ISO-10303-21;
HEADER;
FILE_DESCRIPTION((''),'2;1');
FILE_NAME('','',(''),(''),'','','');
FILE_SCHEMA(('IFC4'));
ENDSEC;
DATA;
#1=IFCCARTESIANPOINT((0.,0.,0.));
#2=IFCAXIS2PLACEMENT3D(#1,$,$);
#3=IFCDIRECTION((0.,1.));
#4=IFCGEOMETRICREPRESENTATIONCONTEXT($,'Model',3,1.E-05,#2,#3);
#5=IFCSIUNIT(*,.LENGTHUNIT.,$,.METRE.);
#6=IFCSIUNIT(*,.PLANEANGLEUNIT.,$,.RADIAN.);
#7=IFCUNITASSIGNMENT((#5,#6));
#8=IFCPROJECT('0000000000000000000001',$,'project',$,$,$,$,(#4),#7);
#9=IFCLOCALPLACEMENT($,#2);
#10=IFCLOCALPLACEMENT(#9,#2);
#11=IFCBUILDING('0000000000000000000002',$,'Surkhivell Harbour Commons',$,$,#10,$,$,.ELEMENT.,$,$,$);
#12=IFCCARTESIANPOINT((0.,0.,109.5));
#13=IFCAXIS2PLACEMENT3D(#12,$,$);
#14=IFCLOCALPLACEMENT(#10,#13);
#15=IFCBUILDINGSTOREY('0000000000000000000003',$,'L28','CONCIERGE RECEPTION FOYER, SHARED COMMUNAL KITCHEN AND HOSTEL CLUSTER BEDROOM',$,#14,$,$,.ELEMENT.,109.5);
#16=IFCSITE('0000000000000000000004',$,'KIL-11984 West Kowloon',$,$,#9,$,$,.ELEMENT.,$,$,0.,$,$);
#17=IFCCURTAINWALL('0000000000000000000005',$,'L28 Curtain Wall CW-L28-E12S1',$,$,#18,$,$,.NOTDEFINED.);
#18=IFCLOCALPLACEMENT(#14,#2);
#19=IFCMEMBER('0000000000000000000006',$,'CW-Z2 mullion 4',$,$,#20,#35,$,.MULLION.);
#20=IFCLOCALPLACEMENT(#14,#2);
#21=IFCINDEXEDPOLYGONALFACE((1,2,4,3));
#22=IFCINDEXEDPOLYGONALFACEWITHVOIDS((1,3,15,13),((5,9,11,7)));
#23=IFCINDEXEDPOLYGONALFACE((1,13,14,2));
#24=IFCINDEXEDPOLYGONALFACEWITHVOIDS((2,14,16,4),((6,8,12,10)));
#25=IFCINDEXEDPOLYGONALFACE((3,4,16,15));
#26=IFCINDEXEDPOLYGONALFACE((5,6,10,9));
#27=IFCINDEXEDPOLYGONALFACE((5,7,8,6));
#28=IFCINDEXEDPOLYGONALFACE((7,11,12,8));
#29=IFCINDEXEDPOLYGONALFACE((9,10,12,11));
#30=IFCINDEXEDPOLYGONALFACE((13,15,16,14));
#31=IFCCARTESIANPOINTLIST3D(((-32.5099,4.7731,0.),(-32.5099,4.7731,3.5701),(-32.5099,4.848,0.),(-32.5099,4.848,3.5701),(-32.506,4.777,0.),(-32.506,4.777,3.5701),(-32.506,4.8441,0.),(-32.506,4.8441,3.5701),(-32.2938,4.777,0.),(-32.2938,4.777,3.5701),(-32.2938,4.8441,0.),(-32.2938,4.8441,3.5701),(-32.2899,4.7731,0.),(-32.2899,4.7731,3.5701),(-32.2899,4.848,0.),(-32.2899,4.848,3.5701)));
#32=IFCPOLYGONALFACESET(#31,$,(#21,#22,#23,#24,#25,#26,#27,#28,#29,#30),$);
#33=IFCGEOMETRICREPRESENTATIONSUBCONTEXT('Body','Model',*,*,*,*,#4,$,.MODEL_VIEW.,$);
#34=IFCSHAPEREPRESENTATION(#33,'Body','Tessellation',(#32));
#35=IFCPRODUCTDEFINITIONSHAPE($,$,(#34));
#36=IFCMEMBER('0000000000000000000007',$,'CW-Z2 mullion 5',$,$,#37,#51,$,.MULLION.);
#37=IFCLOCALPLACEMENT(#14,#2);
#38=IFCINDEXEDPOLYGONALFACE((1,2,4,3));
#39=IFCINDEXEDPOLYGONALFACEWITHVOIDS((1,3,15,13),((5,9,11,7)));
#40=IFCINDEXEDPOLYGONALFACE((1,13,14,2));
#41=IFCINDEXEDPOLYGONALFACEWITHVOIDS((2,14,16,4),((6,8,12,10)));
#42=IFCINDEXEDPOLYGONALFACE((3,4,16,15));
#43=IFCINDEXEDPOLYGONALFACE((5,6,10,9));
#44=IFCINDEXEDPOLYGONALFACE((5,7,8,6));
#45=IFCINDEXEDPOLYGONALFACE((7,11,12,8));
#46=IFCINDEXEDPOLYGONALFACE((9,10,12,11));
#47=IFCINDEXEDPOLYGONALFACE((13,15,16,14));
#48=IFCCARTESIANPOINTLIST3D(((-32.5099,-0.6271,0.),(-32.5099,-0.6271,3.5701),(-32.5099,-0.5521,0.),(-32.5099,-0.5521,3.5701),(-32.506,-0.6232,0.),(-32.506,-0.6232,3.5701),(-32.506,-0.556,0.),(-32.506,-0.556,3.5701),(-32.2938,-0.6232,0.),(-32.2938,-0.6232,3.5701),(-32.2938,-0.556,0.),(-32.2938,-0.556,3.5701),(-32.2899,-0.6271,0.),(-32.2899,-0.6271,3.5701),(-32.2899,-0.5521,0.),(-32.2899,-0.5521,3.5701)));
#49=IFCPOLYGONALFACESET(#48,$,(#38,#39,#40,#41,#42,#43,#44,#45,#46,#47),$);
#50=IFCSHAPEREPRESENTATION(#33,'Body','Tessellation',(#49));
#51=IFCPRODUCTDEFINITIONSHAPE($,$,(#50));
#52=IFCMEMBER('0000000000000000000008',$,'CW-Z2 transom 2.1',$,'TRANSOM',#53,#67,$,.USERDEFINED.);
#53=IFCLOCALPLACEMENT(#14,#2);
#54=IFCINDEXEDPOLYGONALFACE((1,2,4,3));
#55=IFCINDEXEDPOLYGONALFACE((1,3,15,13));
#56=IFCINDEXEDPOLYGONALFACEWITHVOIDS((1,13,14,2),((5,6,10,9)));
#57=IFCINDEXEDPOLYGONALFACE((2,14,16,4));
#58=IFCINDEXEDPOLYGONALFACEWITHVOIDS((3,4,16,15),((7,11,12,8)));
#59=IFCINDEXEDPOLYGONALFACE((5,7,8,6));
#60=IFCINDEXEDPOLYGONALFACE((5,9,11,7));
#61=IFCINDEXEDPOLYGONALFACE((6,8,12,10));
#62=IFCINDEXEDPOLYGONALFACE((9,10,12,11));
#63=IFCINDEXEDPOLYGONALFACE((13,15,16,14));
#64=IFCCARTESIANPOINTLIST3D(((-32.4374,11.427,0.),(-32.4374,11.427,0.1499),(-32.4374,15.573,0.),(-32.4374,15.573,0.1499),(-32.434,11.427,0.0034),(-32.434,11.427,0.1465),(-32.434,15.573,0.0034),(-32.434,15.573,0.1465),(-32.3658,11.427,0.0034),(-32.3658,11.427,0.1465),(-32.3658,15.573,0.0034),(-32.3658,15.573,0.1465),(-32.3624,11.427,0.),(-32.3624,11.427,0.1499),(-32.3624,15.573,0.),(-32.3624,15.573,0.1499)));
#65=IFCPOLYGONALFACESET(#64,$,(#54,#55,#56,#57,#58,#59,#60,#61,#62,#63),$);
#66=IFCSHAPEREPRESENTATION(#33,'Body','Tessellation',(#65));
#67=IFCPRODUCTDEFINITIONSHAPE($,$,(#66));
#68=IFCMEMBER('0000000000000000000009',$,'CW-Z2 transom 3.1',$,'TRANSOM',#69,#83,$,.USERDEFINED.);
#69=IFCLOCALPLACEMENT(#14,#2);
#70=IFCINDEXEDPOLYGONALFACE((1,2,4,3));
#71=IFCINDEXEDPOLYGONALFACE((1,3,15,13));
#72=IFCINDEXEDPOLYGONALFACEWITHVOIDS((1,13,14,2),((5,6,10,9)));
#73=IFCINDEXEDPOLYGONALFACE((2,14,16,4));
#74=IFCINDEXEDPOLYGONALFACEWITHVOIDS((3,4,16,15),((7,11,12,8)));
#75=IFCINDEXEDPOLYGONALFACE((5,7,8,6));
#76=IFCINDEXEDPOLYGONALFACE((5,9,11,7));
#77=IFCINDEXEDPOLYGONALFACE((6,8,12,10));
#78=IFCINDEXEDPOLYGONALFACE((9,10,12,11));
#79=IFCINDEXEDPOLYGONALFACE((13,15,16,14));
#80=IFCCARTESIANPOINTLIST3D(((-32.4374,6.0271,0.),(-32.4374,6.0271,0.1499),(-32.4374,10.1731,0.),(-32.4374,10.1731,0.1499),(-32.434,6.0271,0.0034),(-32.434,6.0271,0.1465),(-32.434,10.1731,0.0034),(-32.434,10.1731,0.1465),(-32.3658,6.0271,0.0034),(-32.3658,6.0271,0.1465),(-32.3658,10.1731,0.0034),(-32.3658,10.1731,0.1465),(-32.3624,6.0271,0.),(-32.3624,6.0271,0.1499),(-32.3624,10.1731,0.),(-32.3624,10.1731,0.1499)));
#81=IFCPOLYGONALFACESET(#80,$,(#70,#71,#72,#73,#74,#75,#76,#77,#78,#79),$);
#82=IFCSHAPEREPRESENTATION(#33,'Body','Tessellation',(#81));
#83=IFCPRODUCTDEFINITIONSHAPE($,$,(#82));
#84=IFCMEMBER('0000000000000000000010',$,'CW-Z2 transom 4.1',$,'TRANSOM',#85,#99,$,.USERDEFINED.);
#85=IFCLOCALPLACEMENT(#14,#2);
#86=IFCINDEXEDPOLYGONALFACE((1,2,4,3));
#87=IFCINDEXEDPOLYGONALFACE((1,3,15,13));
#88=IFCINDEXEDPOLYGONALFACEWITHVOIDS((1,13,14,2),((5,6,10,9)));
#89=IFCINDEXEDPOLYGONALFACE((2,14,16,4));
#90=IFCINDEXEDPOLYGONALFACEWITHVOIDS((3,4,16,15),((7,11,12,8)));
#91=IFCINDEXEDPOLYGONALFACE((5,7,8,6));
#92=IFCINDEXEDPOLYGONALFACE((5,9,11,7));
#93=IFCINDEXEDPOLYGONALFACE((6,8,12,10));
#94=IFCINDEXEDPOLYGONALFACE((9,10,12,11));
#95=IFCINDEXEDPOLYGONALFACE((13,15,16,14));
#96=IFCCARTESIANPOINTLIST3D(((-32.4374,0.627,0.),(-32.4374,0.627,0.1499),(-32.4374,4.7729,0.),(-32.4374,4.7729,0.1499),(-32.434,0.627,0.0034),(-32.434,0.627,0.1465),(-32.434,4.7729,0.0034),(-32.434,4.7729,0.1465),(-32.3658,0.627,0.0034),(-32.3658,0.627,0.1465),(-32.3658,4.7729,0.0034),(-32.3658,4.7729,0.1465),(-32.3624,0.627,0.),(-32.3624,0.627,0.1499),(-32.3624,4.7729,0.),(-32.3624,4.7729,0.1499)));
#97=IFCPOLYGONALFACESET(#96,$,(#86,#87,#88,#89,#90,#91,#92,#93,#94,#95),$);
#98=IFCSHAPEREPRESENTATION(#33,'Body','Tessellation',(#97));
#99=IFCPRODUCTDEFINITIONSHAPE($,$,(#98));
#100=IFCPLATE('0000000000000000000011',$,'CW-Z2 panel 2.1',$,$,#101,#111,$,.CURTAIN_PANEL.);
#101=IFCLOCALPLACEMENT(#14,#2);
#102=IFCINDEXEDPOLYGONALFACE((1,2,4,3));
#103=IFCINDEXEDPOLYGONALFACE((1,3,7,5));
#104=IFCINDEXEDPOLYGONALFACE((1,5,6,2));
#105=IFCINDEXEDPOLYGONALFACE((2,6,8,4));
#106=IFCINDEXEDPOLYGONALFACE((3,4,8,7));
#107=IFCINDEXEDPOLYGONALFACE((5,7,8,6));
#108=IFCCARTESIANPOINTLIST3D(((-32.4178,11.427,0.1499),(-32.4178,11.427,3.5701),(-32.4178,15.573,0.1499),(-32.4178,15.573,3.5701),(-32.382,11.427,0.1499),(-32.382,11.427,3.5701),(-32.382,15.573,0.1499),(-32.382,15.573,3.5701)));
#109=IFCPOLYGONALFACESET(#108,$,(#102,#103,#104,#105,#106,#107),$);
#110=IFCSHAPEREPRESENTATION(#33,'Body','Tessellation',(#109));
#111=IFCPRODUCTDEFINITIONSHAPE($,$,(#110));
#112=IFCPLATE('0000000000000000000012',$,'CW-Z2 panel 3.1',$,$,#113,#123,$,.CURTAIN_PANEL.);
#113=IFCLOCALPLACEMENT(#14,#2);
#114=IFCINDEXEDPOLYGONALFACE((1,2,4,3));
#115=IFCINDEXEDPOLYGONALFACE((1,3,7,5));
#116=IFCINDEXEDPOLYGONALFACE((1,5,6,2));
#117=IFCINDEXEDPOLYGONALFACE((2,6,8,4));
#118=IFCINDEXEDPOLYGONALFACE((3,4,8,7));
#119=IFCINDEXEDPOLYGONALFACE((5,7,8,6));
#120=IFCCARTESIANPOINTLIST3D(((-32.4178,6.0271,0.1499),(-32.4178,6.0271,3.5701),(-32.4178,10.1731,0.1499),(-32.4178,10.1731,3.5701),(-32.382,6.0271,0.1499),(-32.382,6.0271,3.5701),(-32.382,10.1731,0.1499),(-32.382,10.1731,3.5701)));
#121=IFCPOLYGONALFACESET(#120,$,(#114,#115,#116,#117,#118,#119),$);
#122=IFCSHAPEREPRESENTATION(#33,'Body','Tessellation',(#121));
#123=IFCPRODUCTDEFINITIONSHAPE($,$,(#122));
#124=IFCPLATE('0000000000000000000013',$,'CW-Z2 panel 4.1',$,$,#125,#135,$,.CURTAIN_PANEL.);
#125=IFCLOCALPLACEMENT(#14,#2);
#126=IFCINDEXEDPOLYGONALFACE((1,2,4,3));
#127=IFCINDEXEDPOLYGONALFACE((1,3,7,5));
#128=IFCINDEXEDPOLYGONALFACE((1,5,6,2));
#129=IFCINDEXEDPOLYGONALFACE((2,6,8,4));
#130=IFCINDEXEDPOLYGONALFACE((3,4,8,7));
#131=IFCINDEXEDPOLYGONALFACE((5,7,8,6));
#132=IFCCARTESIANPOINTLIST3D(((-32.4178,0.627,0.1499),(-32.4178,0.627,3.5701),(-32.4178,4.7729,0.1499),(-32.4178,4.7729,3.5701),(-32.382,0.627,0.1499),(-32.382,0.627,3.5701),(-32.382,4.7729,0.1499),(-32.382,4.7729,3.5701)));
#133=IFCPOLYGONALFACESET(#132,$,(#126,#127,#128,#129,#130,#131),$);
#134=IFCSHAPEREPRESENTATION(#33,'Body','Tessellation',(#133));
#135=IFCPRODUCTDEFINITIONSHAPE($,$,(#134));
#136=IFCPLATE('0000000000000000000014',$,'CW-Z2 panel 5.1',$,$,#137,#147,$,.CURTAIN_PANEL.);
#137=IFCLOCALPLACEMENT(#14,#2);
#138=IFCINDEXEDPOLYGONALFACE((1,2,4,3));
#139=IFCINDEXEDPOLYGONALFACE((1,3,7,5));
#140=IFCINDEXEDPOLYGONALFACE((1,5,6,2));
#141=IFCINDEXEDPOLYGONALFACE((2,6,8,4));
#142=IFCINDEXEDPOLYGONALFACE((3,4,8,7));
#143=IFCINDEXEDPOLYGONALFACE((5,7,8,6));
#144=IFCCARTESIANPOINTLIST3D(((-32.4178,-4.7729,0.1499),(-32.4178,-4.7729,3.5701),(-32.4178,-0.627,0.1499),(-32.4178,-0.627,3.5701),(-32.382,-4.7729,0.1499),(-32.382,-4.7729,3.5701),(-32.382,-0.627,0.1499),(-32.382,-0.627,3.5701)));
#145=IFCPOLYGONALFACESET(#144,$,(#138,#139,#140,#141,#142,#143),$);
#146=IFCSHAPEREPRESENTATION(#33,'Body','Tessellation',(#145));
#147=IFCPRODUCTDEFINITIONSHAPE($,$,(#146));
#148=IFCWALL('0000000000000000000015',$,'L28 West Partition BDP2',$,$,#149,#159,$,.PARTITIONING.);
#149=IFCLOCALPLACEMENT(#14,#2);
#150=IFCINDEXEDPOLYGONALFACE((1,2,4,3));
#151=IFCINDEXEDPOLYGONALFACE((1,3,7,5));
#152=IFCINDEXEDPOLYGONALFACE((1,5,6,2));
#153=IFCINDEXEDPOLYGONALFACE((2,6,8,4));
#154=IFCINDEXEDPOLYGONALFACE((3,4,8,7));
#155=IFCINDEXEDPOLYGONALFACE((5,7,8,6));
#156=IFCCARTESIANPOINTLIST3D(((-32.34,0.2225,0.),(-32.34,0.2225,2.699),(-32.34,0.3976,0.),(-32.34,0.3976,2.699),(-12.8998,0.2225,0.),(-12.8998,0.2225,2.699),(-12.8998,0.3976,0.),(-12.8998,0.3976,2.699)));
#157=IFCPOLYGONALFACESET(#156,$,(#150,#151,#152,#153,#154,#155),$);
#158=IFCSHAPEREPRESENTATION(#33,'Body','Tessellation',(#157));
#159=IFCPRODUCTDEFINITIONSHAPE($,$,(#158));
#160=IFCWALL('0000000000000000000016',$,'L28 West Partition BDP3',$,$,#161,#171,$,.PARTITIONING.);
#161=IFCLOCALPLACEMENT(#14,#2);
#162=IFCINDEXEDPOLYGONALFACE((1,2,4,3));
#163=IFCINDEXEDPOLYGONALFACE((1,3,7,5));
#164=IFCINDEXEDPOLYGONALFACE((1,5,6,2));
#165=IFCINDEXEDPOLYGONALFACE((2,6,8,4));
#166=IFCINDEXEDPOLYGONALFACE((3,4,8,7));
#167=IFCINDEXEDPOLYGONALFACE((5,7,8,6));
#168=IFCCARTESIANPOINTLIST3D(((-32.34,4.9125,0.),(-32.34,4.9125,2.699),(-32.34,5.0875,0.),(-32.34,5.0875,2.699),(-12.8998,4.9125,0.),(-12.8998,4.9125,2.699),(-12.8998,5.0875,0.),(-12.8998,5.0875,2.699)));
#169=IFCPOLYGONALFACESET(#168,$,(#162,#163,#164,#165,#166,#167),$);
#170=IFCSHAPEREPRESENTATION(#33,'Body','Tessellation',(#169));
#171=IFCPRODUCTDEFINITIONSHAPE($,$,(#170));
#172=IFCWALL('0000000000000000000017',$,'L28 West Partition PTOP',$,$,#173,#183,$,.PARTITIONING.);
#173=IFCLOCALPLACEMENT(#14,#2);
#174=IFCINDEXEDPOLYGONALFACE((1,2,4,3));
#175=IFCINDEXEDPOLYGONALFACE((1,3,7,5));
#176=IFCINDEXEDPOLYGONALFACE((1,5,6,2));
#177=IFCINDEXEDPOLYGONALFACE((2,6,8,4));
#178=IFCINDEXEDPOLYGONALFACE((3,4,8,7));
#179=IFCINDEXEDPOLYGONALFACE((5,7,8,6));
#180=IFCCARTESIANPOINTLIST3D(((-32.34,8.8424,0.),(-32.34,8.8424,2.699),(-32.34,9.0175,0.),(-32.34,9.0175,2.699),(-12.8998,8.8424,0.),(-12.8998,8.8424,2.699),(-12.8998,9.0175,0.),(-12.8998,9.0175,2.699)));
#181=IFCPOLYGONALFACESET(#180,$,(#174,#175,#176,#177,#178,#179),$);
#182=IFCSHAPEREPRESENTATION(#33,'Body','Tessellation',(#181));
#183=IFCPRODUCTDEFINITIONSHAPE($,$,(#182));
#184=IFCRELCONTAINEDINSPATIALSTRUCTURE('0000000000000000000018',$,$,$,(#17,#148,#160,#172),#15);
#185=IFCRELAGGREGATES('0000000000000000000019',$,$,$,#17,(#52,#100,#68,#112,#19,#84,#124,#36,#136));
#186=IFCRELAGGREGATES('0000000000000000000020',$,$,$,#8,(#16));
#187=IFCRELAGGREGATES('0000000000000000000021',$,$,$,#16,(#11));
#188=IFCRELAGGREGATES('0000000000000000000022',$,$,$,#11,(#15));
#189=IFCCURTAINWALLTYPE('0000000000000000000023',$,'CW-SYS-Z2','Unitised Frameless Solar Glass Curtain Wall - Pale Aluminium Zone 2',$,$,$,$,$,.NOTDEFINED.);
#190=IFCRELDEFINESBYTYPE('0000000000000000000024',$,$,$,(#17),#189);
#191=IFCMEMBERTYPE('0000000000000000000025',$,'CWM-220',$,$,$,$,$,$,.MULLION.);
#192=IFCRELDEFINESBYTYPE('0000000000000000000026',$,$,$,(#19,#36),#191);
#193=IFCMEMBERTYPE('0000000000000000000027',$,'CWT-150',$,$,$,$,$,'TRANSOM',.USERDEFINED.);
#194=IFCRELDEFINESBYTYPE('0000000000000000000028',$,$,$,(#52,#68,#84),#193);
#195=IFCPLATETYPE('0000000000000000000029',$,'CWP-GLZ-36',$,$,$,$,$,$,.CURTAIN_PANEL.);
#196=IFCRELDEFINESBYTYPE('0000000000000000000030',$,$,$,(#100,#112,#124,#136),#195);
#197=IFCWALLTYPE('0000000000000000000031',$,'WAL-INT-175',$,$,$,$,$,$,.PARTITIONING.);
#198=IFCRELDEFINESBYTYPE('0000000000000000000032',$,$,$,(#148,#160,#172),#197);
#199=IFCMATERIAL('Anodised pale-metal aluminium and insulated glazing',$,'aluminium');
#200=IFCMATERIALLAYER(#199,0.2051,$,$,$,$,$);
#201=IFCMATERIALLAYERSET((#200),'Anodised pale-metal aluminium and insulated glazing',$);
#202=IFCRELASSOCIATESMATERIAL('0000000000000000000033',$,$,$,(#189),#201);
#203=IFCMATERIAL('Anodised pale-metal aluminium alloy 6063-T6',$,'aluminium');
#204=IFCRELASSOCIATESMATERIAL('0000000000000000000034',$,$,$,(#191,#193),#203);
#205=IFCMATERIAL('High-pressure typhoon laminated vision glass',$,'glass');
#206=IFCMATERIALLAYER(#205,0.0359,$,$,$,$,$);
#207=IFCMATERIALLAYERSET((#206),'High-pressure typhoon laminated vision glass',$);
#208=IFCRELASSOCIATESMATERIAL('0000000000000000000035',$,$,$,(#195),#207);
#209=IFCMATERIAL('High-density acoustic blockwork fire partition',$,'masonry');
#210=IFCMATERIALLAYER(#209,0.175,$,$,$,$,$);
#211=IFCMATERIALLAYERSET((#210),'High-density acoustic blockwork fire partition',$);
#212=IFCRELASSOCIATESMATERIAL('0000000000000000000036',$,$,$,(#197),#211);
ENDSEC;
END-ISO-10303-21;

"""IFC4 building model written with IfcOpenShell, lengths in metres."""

from ifc_helpers import new_model, si_unit, direction, frame, frame_2d, origin, origin_2d, place, context, subcontext, project, spatial, rectangle, hollow_rectangle, extrude, material, layer, layer_set, material_profile, profile_set, type_object, element, aggregate, save


model = new_model("IFC4")

# Units and contexts
model_context = context("Model", 3, precision=1e-05, world=origin(), true_north=direction((0.0, 1.0)))
body_context = subcontext(model_context, "Body", "Model", "MODEL_VIEW")
ifc_project = project(units=[si_unit("LENGTHUNIT", "METRE"), si_unit("PLANEANGLEUNIT", "RADIAN")], contexts=[model_context])

# Site, building, storey
site_placement = place(None, origin())
site = spatial("IfcSite", under=ifc_project, at=site_placement, Name="KIL-11984 West Kowloon", CompositionType="ELEMENT", RefElevation=0.0)
building_placement = place(site_placement, origin())
building = spatial("IfcBuilding", under=site, at=building_placement, Name="Surkhivell Harbour Commons", CompositionType="ELEMENT")
storey_placement = place(building_placement, frame((0.0, 0.0, 109.5)))
storey = spatial("IfcBuildingStorey", under=building, at=storey_placement, Name="L28", Description="CONCIERGE RECEPTION FOYER, SHARED COMMUNAL KITCHEN AND HOSTEL CLUSTER BEDROOM", CompositionType="ELEMENT", Elevation=109.5)

# Curtain wall, members, plates
ifc_material_1 = material(Name="Anodised pale-metal aluminium and insulated glazing", Category="aluminium")
ifc_layer_1 = layer(ifc_material_1, 0.2051)
ifc_layer_set_1 = layer_set([ifc_layer_1], Name="Anodised pale-metal aluminium and insulated glazing")
curtain_wall_type = type_object("IfcCurtainWallType", Name="CW-SYS-Z2", Description="Unitised Frameless Solar Glass Curtain Wall - Pale Aluminium Zone 2", PredefinedType="NOTDEFINED", material=ifc_layer_set_1)
curtain_wall_placement = place(storey_placement, origin())
curtain_wall = element("IfcCurtainWall", 1, at=curtain_wall_placement, inside=storey, type_object=curtain_wall_type, Name="L28 Curtain Wall CW-L28-E12S1", PredefinedType="NOTDEFINED")
ifc_material_2 = material(Name="Anodised pale-metal aluminium alloy 6063-T6", Category="aluminium")
ifc_material_profile_1 = material_profile(ifc_material_2, hollow_rectangle(XDim=0.075, YDim=0.22, WallThickness=0.0039, at=origin_2d()), Name="ALU-MULL-75x220")
ifc_profile_set_1 = profile_set([ifc_material_profile_1], Name="Anodised pale-metal aluminium alloy 6063-T6")
member_type_1 = type_object("IfcMemberType", Name="CWM-220", PredefinedType="MULLION", material=ifc_profile_set_1)
member_1_placement = place(storey_placement, frame((-32.3999, 4.8105, 0.0), z_axis=(0.0, 0.0, 1.0), x_axis=(0.0, -1.0, 0.0)))
member_1 = element("IfcMember", 2, at=member_1_placement, type_object=member_type_1, Name="CW-Z2 mullion 4", PredefinedType="MULLION", context=body_context, shape_type="SweptSolid", body=[
    extrude(hollow_rectangle(XDim=0.075, YDim=0.22, WallThickness=0.0039, at=origin_2d()), origin(), (0.0, 0.0, 1.0), 3.5701),
])
member_2_placement = place(storey_placement, frame((-32.3999, -0.5896, 0.0), z_axis=(0.0, 0.0, 1.0), x_axis=(0.0, -1.0, 0.0)))
member_2 = element("IfcMember", 3, at=member_2_placement, type_object=member_type_1, Name="CW-Z2 mullion 5", PredefinedType="MULLION", context=body_context, shape_type="SweptSolid", body=[
    extrude(hollow_rectangle(XDim=0.075, YDim=0.22, WallThickness=0.0039, at=origin_2d()), origin(), (0.0, 0.0, 1.0), 3.5701),
])
ifc_material_profile_2 = material_profile(ifc_material_2, hollow_rectangle(XDim=0.075, YDim=0.1499, WallThickness=0.0034, at=origin_2d()), Name="ALU-TRAN-75x150")
ifc_profile_set_2 = profile_set([ifc_material_profile_2], Name="Anodised pale-metal aluminium alloy 6063-T6")
member_type_2 = type_object("IfcMemberType", Name="CWT-150", ElementType="TRANSOM", PredefinedType="USERDEFINED", material=ifc_profile_set_2)
member_3_placement = place(storey_placement, frame((-32.3999, 15.573, 0.075), z_axis=(0.0, -1.0, 0.0), x_axis=(1.0, 0.0, 0.0)))
member_3 = element("IfcMember", 4, at=member_3_placement, type_object=member_type_2, Name="CW-Z2 transom 2.1", ObjectType="TRANSOM", PredefinedType="USERDEFINED", context=body_context, shape_type="SweptSolid", body=[
    extrude(hollow_rectangle(XDim=0.075, YDim=0.1499, WallThickness=0.0034, at=origin_2d()), origin(), (0.0, 0.0, 1.0), 4.146),
])
member_4_placement = place(storey_placement, frame((-32.3999, 10.1731, 0.075), z_axis=(0.0, -1.0, 0.0), x_axis=(1.0, 0.0, 0.0)))
member_4 = element("IfcMember", 5, at=member_4_placement, type_object=member_type_2, Name="CW-Z2 transom 3.1", ObjectType="TRANSOM", PredefinedType="USERDEFINED", context=body_context, shape_type="SweptSolid", body=[
    extrude(hollow_rectangle(XDim=0.075, YDim=0.1499, WallThickness=0.0034, at=origin_2d()), origin(), (0.0, 0.0, 1.0), 4.146),
])
member_5_placement = place(storey_placement, frame((-32.3999, 4.7729, 0.075), z_axis=(0.0, -1.0, 0.0), x_axis=(1.0, 0.0, 0.0)))
member_5 = element("IfcMember", 6, at=member_5_placement, type_object=member_type_2, Name="CW-Z2 transom 4.1", ObjectType="TRANSOM", PredefinedType="USERDEFINED", context=body_context, shape_type="SweptSolid", body=[
    extrude(hollow_rectangle(XDim=0.075, YDim=0.1499, WallThickness=0.0034, at=origin_2d()), origin(), (0.0, 0.0, 1.0), 4.146),
])
ifc_material_3 = material(Name="High-pressure typhoon laminated vision glass", Category="glass")
ifc_layer_2 = layer(ifc_material_3, 0.0359)
ifc_layer_set_2 = layer_set([ifc_layer_2], Name="High-pressure typhoon laminated vision glass")
plate_type = type_object("IfcPlateType", Name="CWP-GLZ-36", PredefinedType="CURTAIN_PANEL", material=ifc_layer_set_2)
plate_1_placement = place(storey_placement, frame((-32.3999, 15.573, 0.1499), z_axis=(0.0, 0.0, 1.0), x_axis=(0.0, -1.0, 0.0)))
plate_1 = element("IfcPlate", 7, at=plate_1_placement, type_object=plate_type, Name="CW-Z2 panel 2.1", PredefinedType="CURTAIN_PANEL", context=body_context, shape_type="SweptSolid", body=[
    extrude(rectangle(XDim=4.146, YDim=0.0359, at=frame_2d((2.073, 0.0))), origin(), (0.0, 0.0, 1.0), 3.4202),
])
plate_2_placement = place(storey_placement, frame((-32.3999, 10.1731, 0.1499), z_axis=(0.0, 0.0, 1.0), x_axis=(0.0, -1.0, 0.0)))
plate_2 = element("IfcPlate", 8, at=plate_2_placement, type_object=plate_type, Name="CW-Z2 panel 3.1", PredefinedType="CURTAIN_PANEL", context=body_context, shape_type="SweptSolid", body=[
    extrude(rectangle(XDim=4.146, YDim=0.0359, at=frame_2d((2.073, 0.0))), origin(), (0.0, 0.0, 1.0), 3.4202),
])
plate_3_placement = place(storey_placement, frame((-32.3999, 4.7729, 0.1499), z_axis=(0.0, 0.0, 1.0), x_axis=(0.0, -1.0, 0.0)))
plate_3 = element("IfcPlate", 9, at=plate_3_placement, type_object=plate_type, Name="CW-Z2 panel 4.1", PredefinedType="CURTAIN_PANEL", context=body_context, shape_type="SweptSolid", body=[
    extrude(rectangle(XDim=4.146, YDim=0.0359, at=frame_2d((2.073, 0.0))), origin(), (0.0, 0.0, 1.0), 3.4202),
])
plate_4_placement = place(storey_placement, frame((-32.3999, -0.627, 0.1499), z_axis=(0.0, 0.0, 1.0), x_axis=(0.0, -1.0, 0.0)))
plate_4 = element("IfcPlate", 10, at=plate_4_placement, type_object=plate_type, Name="CW-Z2 panel 5.1", PredefinedType="CURTAIN_PANEL", context=body_context, shape_type="SweptSolid", body=[
    extrude(rectangle(XDim=4.146, YDim=0.0359, at=frame_2d((2.073, 0.0))), origin(), (0.0, 0.0, 1.0), 3.4202),
])
aggregate(curtain_wall, [member_3, plate_1, member_4, plate_2, member_1, member_5, plate_3, member_2, plate_4])

# Walls
ifc_material_4 = material(Name="High-density acoustic blockwork fire partition", Category="masonry")
ifc_layer_3 = layer(ifc_material_4, 0.175)
ifc_layer_set_3 = layer_set([ifc_layer_3], Name="High-density acoustic blockwork fire partition")
wall_type = type_object("IfcWallType", Name="WAL-INT-175", PredefinedType="PARTITIONING", material=ifc_layer_set_3)
for number, where, z_axis, x_axis, name in (
    (11, (-32.3401, 0.3101, 0.0), (0.0, 0.0, 1.0), (1.0, 0.0, 0.0), "L28 West Partition BDP2"),
    (12, (-32.3401, 5.0, 0.0), (0.0, 0.0, 1.0), (1.0, 0.0, 0.0), "L28 West Partition BDP3"),
    (13, (-32.3401, 8.9299, 0.0), (0.0, 0.0, 1.0), (1.0, 0.0, 0.0), "L28 West Partition PTOP"),
):
    element("IfcWall", number, at=place(storey_placement, frame(where, z_axis=z_axis, x_axis=x_axis)), inside=storey, type_object=wall_type, Name=name, PredefinedType="PARTITIONING", context=body_context, shape_type="SweptSolid", body=[
        extrude(rectangle(XDim=19.4402, YDim=0.175, at=frame_2d((9.7202, 0.0))), origin(), (0.0, 0.0, 1.0), 2.699),
    ])

save(model, "model.ifc")
